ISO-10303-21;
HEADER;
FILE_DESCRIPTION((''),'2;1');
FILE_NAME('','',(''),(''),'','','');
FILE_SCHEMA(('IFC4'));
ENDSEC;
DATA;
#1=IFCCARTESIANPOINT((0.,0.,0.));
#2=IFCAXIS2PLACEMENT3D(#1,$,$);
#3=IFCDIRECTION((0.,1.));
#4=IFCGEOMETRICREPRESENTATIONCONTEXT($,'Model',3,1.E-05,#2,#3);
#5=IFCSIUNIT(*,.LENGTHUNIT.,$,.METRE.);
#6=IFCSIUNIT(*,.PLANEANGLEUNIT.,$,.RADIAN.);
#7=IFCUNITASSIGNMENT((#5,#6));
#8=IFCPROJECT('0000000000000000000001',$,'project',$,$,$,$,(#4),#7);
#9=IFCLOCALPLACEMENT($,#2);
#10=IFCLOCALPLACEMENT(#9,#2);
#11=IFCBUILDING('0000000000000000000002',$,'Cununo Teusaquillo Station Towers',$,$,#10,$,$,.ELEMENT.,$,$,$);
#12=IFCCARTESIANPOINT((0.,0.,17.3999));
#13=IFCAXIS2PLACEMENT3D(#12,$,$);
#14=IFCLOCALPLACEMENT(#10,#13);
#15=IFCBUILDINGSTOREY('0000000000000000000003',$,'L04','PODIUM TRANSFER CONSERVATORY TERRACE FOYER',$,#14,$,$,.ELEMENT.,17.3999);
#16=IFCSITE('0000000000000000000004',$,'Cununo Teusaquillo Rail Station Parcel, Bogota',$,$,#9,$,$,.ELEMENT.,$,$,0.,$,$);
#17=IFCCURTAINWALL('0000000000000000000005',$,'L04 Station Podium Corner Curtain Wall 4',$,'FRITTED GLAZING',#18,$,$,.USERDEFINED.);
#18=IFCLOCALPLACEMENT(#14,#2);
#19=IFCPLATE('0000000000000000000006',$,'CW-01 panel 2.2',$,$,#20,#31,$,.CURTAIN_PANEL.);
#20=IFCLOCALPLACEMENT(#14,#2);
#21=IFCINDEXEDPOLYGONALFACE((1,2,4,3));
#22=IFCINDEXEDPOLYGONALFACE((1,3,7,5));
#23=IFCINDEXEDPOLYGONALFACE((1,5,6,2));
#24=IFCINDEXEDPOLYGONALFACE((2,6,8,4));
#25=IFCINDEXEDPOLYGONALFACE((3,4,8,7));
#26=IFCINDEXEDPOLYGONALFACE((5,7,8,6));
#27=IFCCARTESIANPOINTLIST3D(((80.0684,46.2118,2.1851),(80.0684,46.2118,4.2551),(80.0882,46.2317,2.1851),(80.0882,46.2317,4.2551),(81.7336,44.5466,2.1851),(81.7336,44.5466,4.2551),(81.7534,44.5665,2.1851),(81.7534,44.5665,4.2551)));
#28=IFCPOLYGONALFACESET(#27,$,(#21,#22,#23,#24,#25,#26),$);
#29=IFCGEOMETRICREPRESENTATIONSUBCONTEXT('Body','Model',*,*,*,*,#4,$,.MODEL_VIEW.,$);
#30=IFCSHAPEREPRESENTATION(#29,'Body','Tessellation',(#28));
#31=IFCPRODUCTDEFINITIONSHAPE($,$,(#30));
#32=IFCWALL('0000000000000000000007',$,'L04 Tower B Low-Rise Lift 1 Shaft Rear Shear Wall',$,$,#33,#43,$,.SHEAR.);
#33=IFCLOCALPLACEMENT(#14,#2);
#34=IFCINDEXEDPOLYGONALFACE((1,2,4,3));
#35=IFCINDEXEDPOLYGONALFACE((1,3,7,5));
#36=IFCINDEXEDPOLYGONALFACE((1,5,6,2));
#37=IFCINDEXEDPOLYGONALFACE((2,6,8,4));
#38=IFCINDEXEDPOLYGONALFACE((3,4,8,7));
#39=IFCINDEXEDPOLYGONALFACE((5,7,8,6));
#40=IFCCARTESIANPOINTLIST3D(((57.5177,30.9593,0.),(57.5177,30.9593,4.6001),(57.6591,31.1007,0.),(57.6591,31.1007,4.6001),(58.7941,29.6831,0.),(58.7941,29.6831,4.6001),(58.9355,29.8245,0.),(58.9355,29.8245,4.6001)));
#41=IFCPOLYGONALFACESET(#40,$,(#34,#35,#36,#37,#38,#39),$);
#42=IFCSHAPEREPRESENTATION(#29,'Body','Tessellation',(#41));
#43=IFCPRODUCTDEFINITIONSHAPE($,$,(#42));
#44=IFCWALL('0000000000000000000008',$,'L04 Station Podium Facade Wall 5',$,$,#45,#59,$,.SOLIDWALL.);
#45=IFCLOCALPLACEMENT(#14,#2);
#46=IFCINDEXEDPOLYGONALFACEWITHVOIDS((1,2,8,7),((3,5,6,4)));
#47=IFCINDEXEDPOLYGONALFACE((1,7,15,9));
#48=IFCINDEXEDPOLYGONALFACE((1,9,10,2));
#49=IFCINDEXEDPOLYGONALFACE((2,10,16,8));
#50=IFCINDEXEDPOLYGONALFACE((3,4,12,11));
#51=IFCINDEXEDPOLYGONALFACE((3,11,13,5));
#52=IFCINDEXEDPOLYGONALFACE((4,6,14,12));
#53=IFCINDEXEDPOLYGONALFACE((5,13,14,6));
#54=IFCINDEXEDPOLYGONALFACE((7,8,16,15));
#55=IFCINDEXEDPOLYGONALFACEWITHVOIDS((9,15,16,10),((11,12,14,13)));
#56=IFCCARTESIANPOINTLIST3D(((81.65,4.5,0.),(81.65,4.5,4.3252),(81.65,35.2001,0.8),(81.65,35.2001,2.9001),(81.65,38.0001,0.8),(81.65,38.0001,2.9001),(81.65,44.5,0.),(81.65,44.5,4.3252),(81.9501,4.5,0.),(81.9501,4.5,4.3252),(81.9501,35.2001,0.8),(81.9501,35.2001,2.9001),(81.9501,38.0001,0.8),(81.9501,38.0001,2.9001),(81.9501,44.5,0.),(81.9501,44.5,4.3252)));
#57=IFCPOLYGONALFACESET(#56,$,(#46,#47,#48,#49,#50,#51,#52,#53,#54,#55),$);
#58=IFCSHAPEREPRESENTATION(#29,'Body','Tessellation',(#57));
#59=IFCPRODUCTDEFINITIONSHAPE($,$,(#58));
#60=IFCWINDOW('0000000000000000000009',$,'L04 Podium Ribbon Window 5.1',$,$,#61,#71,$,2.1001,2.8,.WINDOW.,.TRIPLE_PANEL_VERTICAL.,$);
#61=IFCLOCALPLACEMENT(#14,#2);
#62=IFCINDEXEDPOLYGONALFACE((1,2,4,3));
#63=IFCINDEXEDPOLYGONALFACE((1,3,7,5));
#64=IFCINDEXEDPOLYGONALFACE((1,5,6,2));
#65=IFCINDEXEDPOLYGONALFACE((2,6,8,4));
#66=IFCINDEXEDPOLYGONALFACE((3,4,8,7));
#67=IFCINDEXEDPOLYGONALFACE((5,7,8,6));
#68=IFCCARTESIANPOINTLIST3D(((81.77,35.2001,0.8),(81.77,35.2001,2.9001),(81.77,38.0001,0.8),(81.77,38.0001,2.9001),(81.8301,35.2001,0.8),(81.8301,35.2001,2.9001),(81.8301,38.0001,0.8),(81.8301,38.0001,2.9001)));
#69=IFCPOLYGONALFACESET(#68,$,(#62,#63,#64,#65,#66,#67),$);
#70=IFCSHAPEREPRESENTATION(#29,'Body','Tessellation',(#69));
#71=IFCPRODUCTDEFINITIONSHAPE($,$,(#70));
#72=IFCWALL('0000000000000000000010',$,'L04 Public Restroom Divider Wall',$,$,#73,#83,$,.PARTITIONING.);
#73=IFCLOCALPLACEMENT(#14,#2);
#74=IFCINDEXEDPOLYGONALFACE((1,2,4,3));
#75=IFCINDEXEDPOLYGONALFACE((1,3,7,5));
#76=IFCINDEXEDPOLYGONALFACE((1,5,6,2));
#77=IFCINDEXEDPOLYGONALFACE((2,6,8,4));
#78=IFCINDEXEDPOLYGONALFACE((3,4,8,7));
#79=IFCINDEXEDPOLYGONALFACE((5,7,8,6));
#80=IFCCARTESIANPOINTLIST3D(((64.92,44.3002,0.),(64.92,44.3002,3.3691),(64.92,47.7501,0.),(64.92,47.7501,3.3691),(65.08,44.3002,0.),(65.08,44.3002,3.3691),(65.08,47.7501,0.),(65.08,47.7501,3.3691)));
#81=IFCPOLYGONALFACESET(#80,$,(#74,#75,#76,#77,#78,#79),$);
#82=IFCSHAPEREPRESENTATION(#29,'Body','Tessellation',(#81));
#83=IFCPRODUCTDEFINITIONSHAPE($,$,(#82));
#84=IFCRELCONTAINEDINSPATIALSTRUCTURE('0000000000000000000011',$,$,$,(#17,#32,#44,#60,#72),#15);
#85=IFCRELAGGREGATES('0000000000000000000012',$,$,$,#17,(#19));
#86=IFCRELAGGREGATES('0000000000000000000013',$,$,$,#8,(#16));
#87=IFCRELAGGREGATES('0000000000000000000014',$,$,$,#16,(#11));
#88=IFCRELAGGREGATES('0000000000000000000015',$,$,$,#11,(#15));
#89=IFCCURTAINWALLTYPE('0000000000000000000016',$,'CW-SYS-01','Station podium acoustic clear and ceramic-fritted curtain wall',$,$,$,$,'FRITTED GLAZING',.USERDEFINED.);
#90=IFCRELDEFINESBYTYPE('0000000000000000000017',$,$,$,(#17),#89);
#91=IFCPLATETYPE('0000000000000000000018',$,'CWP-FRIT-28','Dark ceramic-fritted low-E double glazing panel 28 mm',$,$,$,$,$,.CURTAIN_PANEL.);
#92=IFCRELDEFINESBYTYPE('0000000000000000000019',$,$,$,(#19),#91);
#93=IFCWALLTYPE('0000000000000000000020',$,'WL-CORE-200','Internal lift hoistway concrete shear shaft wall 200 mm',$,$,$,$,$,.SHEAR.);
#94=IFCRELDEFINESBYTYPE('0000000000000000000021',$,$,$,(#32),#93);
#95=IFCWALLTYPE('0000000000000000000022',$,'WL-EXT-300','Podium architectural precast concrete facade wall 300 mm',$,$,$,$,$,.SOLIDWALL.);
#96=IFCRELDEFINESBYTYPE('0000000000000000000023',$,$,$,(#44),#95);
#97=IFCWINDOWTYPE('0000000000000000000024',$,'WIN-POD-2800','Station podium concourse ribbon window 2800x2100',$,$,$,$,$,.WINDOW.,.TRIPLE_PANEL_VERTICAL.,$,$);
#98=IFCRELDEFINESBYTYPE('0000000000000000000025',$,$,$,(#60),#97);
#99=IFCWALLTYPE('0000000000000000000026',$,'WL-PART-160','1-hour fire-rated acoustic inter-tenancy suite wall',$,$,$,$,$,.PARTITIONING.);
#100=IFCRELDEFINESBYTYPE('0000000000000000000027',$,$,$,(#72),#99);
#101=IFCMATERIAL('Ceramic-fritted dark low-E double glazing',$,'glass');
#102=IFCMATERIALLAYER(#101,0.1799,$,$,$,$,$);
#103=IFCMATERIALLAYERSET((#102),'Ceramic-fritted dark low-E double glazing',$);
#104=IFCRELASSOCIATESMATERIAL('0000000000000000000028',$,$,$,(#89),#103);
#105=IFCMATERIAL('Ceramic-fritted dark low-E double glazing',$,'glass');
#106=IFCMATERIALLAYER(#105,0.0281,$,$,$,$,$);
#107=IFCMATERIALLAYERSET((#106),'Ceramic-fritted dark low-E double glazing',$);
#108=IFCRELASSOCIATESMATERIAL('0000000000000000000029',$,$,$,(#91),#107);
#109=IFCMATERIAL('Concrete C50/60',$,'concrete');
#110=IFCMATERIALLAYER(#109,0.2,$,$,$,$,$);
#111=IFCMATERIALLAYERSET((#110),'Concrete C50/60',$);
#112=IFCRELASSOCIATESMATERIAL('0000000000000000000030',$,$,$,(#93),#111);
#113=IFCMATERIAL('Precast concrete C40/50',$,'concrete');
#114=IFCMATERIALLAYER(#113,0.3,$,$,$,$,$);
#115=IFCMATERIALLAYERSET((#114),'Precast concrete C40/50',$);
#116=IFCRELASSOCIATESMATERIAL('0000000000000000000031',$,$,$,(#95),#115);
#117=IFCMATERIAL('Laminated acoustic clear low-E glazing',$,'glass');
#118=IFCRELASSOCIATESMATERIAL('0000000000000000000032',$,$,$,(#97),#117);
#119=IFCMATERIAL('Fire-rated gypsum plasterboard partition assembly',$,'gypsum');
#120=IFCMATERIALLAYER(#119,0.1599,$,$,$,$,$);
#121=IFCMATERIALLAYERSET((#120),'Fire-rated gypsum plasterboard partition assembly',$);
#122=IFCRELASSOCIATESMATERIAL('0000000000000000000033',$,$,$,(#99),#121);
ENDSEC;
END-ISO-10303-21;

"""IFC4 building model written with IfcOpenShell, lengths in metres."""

from ifc_helpers import new_model, si_unit, direction, frame, frame_2d, origin, origin_2d, place, context, subcontext, project, spatial, rectangle, extrude, source, transform, mapped, material, layer, layer_set, type_object, element, fill, aggregate, save


model = new_model("IFC4")

# Units and contexts
model_context = context("Model", 3, precision=1e-05, world=origin(), true_north=direction((0.0, 1.0)))
body_context = subcontext(model_context, "Body", "Model", "MODEL_VIEW")
ifc_project = project(units=[si_unit("LENGTHUNIT", "METRE"), si_unit("PLANEANGLEUNIT", "RADIAN")], contexts=[model_context])

# Site, building, storey
site_placement = place(None, origin())
site = spatial("IfcSite", under=ifc_project, at=site_placement, Name="Cununo Teusaquillo Rail Station Parcel, Bogota", CompositionType="ELEMENT", RefElevation=0.0)
building_placement = place(site_placement, origin())
building = spatial("IfcBuilding", under=site, at=building_placement, Name="Cununo Teusaquillo Station Towers", CompositionType="ELEMENT")
storey_placement = place(building_placement, frame((0.0, 0.0, 17.3999)))
storey = spatial("IfcBuildingStorey", under=building, at=storey_placement, Name="L04", Description="PODIUM TRANSFER CONSERVATORY TERRACE FOYER", CompositionType="ELEMENT", Elevation=17.3999)

# Curtain wall
ifc_material_1 = material(Name="Ceramic-fritted dark low-E double glazing", Category="glass")
ifc_layer_1 = layer(ifc_material_1, 0.1799)
ifc_layer_set_1 = layer_set([ifc_layer_1], Name="Ceramic-fritted dark low-E double glazing")
curtain_wall_type = type_object("IfcCurtainWallType", Name="CW-SYS-01", Description="Station podium acoustic clear and ceramic-fritted curtain wall", ElementType="FRITTED GLAZING", PredefinedType="USERDEFINED", material=ifc_layer_set_1)
curtain_wall_placement = place(storey_placement, origin())
curtain_wall = element("IfcCurtainWall", 1, at=curtain_wall_placement, inside=storey, type_object=curtain_wall_type, Name="L04 Station Podium Corner Curtain Wall 4", ObjectType="FRITTED GLAZING", PredefinedType="USERDEFINED")

# Plate
ifc_material_2 = material(Name="Ceramic-fritted dark low-E double glazing", Category="glass")
ifc_layer_2 = layer(ifc_material_2, 0.0281)
ifc_layer_set_2 = layer_set([ifc_layer_2], Name="Ceramic-fritted dark low-E double glazing")
plate_type_1 = type_object("IfcPlateType", Name="CWP-FRIT-28", Description="Dark ceramic-fritted low-E double glazing panel 28 mm", PredefinedType="CURTAIN_PANEL", material=ifc_layer_set_2)
shared_shape_1 = source(origin(), body_context, "Body", "SweptSolid", [
    extrude(rectangle(XDim=2.355, YDim=0.0281, at=origin_2d()), origin(), (0.0, 0.0, 1.0), 2.0701),
])
plate_1_placement = place(storey_placement, frame((80.9109, 45.3892, 2.1851), z_axis=(0.0, 0.0, 1.0), x_axis=(0.707107, -0.707107, 0.0)))
plate_1 = element("IfcPlate", 2, at=plate_1_placement, type_object=plate_type_1, Name="CW-01 panel 2.2", PredefinedType="CURTAIN_PANEL", context=body_context, shape_type="MappedRepresentation", body=[
    mapped(shared_shape_1, transform((0.0, 0.0, 0.0), x_axis=(1.0, 0.0, 0.0), y_axis=(0.0, 1.0, 0.0), z_axis=(0.0, 0.0, 1.0), scale=1.0)),
])
aggregate(curtain_wall, [plate_1])

# Wall
ifc_material_3 = material(Name="Concrete C50/60", Category="concrete")
ifc_layer_3 = layer(ifc_material_3, 0.2)
ifc_layer_set_3 = layer_set([ifc_layer_3], Name="Concrete C50/60")
wall_type_1 = type_object("IfcWallType", Name="WL-CORE-200", Description="Internal lift hoistway concrete shear shaft wall 200 mm", PredefinedType="SHEAR", material=ifc_layer_set_3)
wall_1_placement = place(storey_placement, frame((58.8647, 29.7539, 0.0), z_axis=(0.0, 0.0, 1.0), x_axis=(-0.707174, 0.707039, 0.0)))
element("IfcWall", 3, at=wall_1_placement, inside=storey, type_object=wall_type_1, Name="L04 Tower B Low-Rise Lift 1 Shaft Rear Shear Wall", PredefinedType="SHEAR", context=body_context, shape_type="SweptSolid", body=[
    extrude(rectangle(XDim=1.8049, YDim=0.2, at=frame_2d((0.9023, 0.0))), origin(), (0.0, 0.0, 1.0), 4.6001),
])

# Wall, opening, window
ifc_material_4 = material(Name="Precast concrete C40/50", Category="concrete")
ifc_layer_4 = layer(ifc_material_4, 0.3)
ifc_layer_set_4 = layer_set([ifc_layer_4], Name="Precast concrete C40/50")
wall_type_2 = type_object("IfcWallType", Name="WL-EXT-300", Description="Podium architectural precast concrete facade wall 300 mm", PredefinedType="SOLIDWALL", material=ifc_layer_set_4)
wall_2_placement = place(storey_placement, frame((81.8, 44.5, 0.0), z_axis=(0.0, 0.0, 1.0), x_axis=(0.0, -1.0, 0.0)))
wall_2 = element("IfcWall", 4, at=wall_2_placement, inside=storey, type_object=wall_type_2, Name="L04 Station Podium Facade Wall 5", PredefinedType="SOLIDWALL", context=body_context, shape_type="SweptSolid", body=[
    extrude(rectangle(XDim=40.0, YDim=0.3, at=frame_2d((20.0, 0.0))), origin(), (0.0, 0.0, 1.0), 4.3252),
])
shared_shape_2 = source(origin(), body_context, "Body", "SweptSolid", [
    extrude(rectangle(XDim=2.8, YDim=2.1001, at=frame_2d((1.3999, 1.05))), frame((0.0, 0.1599, 0.0), z_axis=(0.0, -1.0, 0.0), x_axis=(1.0, 0.0, 0.0)), (0.0, 0.0, 1.0), 0.3201),
])
opening_placement = place(wall_2_placement, frame((6.5, 0.0, 0.8)))
opening = element("IfcOpeningElement", 5, at=opening_placement, cuts=wall_2, PredefinedType="OPENING", context=body_context, shape_type="MappedRepresentation", body=[
    mapped(shared_shape_2, transform((0.0, 0.0, 0.0), x_axis=(1.0, 0.0, 0.0), y_axis=(0.0, 1.0, 0.0), z_axis=(0.0, 0.0, 1.0), scale=1.0)),
])
ifc_material_5 = material(Name="Laminated acoustic clear low-E glazing", Category="glass")
window_type = type_object("IfcWindowType", Name="WIN-POD-2800", Description="Station podium concourse ribbon window 2800x2100", PartitioningType="TRIPLE_PANEL_VERTICAL", PredefinedType="WINDOW", material=ifc_material_5)
shared_shape_3 = source(origin(), body_context, "Body", "SweptSolid", [
    extrude(rectangle(XDim=2.8, YDim=2.1001, at=frame_2d((1.3999, 1.05))), frame((0.0, 0.03, 0.0), z_axis=(0.0, -1.0, 0.0), x_axis=(1.0, 0.0, 0.0)), (0.0, 0.0, 1.0), 0.0601),
])
window_placement = place(opening_placement, origin())
window = element("IfcWindow", 6, at=window_placement, inside=storey, type_object=window_type, Name="L04 Podium Ribbon Window 5.1", OverallHeight=2.1001, OverallWidth=2.8, PartitioningType="TRIPLE_PANEL_VERTICAL", PredefinedType="WINDOW", context=body_context, shape_type="MappedRepresentation", body=[
    mapped(shared_shape_3, transform((0.0, 0.0, 0.0), x_axis=(1.0, 0.0, 0.0), y_axis=(0.0, 1.0, 0.0), z_axis=(0.0, 0.0, 1.0), scale=1.0)),
])
fill(opening, window)

# Wall
ifc_material_6 = material(Name="Fire-rated gypsum plasterboard partition assembly", Category="gypsum")
ifc_layer_5 = layer(ifc_material_6, 0.1599)
ifc_layer_set_5 = layer_set([ifc_layer_5], Name="Fire-rated gypsum plasterboard partition assembly")
wall_type_3 = type_object("IfcWallType", Name="WL-PART-160", Description="1-hour fire-rated acoustic inter-tenancy suite wall", PredefinedType="PARTITIONING", material=ifc_layer_set_5)
wall_3_placement = place(storey_placement, frame((65.0, 44.3, 0.0), z_axis=(0.0, 0.0, 1.0), x_axis=(0.0, 1.0, 0.0)))
element("IfcWall", 7, at=wall_3_placement, inside=storey, type_object=wall_type_3, Name="L04 Public Restroom Divider Wall", PredefinedType="PARTITIONING", context=body_context, shape_type="SweptSolid", body=[
    extrude(rectangle(XDim=3.45, YDim=0.1599, at=frame_2d((1.7251, 0.0))), origin(), (0.0, 0.0, 1.0), 3.3691),
])

save(model, "model.ifc")
